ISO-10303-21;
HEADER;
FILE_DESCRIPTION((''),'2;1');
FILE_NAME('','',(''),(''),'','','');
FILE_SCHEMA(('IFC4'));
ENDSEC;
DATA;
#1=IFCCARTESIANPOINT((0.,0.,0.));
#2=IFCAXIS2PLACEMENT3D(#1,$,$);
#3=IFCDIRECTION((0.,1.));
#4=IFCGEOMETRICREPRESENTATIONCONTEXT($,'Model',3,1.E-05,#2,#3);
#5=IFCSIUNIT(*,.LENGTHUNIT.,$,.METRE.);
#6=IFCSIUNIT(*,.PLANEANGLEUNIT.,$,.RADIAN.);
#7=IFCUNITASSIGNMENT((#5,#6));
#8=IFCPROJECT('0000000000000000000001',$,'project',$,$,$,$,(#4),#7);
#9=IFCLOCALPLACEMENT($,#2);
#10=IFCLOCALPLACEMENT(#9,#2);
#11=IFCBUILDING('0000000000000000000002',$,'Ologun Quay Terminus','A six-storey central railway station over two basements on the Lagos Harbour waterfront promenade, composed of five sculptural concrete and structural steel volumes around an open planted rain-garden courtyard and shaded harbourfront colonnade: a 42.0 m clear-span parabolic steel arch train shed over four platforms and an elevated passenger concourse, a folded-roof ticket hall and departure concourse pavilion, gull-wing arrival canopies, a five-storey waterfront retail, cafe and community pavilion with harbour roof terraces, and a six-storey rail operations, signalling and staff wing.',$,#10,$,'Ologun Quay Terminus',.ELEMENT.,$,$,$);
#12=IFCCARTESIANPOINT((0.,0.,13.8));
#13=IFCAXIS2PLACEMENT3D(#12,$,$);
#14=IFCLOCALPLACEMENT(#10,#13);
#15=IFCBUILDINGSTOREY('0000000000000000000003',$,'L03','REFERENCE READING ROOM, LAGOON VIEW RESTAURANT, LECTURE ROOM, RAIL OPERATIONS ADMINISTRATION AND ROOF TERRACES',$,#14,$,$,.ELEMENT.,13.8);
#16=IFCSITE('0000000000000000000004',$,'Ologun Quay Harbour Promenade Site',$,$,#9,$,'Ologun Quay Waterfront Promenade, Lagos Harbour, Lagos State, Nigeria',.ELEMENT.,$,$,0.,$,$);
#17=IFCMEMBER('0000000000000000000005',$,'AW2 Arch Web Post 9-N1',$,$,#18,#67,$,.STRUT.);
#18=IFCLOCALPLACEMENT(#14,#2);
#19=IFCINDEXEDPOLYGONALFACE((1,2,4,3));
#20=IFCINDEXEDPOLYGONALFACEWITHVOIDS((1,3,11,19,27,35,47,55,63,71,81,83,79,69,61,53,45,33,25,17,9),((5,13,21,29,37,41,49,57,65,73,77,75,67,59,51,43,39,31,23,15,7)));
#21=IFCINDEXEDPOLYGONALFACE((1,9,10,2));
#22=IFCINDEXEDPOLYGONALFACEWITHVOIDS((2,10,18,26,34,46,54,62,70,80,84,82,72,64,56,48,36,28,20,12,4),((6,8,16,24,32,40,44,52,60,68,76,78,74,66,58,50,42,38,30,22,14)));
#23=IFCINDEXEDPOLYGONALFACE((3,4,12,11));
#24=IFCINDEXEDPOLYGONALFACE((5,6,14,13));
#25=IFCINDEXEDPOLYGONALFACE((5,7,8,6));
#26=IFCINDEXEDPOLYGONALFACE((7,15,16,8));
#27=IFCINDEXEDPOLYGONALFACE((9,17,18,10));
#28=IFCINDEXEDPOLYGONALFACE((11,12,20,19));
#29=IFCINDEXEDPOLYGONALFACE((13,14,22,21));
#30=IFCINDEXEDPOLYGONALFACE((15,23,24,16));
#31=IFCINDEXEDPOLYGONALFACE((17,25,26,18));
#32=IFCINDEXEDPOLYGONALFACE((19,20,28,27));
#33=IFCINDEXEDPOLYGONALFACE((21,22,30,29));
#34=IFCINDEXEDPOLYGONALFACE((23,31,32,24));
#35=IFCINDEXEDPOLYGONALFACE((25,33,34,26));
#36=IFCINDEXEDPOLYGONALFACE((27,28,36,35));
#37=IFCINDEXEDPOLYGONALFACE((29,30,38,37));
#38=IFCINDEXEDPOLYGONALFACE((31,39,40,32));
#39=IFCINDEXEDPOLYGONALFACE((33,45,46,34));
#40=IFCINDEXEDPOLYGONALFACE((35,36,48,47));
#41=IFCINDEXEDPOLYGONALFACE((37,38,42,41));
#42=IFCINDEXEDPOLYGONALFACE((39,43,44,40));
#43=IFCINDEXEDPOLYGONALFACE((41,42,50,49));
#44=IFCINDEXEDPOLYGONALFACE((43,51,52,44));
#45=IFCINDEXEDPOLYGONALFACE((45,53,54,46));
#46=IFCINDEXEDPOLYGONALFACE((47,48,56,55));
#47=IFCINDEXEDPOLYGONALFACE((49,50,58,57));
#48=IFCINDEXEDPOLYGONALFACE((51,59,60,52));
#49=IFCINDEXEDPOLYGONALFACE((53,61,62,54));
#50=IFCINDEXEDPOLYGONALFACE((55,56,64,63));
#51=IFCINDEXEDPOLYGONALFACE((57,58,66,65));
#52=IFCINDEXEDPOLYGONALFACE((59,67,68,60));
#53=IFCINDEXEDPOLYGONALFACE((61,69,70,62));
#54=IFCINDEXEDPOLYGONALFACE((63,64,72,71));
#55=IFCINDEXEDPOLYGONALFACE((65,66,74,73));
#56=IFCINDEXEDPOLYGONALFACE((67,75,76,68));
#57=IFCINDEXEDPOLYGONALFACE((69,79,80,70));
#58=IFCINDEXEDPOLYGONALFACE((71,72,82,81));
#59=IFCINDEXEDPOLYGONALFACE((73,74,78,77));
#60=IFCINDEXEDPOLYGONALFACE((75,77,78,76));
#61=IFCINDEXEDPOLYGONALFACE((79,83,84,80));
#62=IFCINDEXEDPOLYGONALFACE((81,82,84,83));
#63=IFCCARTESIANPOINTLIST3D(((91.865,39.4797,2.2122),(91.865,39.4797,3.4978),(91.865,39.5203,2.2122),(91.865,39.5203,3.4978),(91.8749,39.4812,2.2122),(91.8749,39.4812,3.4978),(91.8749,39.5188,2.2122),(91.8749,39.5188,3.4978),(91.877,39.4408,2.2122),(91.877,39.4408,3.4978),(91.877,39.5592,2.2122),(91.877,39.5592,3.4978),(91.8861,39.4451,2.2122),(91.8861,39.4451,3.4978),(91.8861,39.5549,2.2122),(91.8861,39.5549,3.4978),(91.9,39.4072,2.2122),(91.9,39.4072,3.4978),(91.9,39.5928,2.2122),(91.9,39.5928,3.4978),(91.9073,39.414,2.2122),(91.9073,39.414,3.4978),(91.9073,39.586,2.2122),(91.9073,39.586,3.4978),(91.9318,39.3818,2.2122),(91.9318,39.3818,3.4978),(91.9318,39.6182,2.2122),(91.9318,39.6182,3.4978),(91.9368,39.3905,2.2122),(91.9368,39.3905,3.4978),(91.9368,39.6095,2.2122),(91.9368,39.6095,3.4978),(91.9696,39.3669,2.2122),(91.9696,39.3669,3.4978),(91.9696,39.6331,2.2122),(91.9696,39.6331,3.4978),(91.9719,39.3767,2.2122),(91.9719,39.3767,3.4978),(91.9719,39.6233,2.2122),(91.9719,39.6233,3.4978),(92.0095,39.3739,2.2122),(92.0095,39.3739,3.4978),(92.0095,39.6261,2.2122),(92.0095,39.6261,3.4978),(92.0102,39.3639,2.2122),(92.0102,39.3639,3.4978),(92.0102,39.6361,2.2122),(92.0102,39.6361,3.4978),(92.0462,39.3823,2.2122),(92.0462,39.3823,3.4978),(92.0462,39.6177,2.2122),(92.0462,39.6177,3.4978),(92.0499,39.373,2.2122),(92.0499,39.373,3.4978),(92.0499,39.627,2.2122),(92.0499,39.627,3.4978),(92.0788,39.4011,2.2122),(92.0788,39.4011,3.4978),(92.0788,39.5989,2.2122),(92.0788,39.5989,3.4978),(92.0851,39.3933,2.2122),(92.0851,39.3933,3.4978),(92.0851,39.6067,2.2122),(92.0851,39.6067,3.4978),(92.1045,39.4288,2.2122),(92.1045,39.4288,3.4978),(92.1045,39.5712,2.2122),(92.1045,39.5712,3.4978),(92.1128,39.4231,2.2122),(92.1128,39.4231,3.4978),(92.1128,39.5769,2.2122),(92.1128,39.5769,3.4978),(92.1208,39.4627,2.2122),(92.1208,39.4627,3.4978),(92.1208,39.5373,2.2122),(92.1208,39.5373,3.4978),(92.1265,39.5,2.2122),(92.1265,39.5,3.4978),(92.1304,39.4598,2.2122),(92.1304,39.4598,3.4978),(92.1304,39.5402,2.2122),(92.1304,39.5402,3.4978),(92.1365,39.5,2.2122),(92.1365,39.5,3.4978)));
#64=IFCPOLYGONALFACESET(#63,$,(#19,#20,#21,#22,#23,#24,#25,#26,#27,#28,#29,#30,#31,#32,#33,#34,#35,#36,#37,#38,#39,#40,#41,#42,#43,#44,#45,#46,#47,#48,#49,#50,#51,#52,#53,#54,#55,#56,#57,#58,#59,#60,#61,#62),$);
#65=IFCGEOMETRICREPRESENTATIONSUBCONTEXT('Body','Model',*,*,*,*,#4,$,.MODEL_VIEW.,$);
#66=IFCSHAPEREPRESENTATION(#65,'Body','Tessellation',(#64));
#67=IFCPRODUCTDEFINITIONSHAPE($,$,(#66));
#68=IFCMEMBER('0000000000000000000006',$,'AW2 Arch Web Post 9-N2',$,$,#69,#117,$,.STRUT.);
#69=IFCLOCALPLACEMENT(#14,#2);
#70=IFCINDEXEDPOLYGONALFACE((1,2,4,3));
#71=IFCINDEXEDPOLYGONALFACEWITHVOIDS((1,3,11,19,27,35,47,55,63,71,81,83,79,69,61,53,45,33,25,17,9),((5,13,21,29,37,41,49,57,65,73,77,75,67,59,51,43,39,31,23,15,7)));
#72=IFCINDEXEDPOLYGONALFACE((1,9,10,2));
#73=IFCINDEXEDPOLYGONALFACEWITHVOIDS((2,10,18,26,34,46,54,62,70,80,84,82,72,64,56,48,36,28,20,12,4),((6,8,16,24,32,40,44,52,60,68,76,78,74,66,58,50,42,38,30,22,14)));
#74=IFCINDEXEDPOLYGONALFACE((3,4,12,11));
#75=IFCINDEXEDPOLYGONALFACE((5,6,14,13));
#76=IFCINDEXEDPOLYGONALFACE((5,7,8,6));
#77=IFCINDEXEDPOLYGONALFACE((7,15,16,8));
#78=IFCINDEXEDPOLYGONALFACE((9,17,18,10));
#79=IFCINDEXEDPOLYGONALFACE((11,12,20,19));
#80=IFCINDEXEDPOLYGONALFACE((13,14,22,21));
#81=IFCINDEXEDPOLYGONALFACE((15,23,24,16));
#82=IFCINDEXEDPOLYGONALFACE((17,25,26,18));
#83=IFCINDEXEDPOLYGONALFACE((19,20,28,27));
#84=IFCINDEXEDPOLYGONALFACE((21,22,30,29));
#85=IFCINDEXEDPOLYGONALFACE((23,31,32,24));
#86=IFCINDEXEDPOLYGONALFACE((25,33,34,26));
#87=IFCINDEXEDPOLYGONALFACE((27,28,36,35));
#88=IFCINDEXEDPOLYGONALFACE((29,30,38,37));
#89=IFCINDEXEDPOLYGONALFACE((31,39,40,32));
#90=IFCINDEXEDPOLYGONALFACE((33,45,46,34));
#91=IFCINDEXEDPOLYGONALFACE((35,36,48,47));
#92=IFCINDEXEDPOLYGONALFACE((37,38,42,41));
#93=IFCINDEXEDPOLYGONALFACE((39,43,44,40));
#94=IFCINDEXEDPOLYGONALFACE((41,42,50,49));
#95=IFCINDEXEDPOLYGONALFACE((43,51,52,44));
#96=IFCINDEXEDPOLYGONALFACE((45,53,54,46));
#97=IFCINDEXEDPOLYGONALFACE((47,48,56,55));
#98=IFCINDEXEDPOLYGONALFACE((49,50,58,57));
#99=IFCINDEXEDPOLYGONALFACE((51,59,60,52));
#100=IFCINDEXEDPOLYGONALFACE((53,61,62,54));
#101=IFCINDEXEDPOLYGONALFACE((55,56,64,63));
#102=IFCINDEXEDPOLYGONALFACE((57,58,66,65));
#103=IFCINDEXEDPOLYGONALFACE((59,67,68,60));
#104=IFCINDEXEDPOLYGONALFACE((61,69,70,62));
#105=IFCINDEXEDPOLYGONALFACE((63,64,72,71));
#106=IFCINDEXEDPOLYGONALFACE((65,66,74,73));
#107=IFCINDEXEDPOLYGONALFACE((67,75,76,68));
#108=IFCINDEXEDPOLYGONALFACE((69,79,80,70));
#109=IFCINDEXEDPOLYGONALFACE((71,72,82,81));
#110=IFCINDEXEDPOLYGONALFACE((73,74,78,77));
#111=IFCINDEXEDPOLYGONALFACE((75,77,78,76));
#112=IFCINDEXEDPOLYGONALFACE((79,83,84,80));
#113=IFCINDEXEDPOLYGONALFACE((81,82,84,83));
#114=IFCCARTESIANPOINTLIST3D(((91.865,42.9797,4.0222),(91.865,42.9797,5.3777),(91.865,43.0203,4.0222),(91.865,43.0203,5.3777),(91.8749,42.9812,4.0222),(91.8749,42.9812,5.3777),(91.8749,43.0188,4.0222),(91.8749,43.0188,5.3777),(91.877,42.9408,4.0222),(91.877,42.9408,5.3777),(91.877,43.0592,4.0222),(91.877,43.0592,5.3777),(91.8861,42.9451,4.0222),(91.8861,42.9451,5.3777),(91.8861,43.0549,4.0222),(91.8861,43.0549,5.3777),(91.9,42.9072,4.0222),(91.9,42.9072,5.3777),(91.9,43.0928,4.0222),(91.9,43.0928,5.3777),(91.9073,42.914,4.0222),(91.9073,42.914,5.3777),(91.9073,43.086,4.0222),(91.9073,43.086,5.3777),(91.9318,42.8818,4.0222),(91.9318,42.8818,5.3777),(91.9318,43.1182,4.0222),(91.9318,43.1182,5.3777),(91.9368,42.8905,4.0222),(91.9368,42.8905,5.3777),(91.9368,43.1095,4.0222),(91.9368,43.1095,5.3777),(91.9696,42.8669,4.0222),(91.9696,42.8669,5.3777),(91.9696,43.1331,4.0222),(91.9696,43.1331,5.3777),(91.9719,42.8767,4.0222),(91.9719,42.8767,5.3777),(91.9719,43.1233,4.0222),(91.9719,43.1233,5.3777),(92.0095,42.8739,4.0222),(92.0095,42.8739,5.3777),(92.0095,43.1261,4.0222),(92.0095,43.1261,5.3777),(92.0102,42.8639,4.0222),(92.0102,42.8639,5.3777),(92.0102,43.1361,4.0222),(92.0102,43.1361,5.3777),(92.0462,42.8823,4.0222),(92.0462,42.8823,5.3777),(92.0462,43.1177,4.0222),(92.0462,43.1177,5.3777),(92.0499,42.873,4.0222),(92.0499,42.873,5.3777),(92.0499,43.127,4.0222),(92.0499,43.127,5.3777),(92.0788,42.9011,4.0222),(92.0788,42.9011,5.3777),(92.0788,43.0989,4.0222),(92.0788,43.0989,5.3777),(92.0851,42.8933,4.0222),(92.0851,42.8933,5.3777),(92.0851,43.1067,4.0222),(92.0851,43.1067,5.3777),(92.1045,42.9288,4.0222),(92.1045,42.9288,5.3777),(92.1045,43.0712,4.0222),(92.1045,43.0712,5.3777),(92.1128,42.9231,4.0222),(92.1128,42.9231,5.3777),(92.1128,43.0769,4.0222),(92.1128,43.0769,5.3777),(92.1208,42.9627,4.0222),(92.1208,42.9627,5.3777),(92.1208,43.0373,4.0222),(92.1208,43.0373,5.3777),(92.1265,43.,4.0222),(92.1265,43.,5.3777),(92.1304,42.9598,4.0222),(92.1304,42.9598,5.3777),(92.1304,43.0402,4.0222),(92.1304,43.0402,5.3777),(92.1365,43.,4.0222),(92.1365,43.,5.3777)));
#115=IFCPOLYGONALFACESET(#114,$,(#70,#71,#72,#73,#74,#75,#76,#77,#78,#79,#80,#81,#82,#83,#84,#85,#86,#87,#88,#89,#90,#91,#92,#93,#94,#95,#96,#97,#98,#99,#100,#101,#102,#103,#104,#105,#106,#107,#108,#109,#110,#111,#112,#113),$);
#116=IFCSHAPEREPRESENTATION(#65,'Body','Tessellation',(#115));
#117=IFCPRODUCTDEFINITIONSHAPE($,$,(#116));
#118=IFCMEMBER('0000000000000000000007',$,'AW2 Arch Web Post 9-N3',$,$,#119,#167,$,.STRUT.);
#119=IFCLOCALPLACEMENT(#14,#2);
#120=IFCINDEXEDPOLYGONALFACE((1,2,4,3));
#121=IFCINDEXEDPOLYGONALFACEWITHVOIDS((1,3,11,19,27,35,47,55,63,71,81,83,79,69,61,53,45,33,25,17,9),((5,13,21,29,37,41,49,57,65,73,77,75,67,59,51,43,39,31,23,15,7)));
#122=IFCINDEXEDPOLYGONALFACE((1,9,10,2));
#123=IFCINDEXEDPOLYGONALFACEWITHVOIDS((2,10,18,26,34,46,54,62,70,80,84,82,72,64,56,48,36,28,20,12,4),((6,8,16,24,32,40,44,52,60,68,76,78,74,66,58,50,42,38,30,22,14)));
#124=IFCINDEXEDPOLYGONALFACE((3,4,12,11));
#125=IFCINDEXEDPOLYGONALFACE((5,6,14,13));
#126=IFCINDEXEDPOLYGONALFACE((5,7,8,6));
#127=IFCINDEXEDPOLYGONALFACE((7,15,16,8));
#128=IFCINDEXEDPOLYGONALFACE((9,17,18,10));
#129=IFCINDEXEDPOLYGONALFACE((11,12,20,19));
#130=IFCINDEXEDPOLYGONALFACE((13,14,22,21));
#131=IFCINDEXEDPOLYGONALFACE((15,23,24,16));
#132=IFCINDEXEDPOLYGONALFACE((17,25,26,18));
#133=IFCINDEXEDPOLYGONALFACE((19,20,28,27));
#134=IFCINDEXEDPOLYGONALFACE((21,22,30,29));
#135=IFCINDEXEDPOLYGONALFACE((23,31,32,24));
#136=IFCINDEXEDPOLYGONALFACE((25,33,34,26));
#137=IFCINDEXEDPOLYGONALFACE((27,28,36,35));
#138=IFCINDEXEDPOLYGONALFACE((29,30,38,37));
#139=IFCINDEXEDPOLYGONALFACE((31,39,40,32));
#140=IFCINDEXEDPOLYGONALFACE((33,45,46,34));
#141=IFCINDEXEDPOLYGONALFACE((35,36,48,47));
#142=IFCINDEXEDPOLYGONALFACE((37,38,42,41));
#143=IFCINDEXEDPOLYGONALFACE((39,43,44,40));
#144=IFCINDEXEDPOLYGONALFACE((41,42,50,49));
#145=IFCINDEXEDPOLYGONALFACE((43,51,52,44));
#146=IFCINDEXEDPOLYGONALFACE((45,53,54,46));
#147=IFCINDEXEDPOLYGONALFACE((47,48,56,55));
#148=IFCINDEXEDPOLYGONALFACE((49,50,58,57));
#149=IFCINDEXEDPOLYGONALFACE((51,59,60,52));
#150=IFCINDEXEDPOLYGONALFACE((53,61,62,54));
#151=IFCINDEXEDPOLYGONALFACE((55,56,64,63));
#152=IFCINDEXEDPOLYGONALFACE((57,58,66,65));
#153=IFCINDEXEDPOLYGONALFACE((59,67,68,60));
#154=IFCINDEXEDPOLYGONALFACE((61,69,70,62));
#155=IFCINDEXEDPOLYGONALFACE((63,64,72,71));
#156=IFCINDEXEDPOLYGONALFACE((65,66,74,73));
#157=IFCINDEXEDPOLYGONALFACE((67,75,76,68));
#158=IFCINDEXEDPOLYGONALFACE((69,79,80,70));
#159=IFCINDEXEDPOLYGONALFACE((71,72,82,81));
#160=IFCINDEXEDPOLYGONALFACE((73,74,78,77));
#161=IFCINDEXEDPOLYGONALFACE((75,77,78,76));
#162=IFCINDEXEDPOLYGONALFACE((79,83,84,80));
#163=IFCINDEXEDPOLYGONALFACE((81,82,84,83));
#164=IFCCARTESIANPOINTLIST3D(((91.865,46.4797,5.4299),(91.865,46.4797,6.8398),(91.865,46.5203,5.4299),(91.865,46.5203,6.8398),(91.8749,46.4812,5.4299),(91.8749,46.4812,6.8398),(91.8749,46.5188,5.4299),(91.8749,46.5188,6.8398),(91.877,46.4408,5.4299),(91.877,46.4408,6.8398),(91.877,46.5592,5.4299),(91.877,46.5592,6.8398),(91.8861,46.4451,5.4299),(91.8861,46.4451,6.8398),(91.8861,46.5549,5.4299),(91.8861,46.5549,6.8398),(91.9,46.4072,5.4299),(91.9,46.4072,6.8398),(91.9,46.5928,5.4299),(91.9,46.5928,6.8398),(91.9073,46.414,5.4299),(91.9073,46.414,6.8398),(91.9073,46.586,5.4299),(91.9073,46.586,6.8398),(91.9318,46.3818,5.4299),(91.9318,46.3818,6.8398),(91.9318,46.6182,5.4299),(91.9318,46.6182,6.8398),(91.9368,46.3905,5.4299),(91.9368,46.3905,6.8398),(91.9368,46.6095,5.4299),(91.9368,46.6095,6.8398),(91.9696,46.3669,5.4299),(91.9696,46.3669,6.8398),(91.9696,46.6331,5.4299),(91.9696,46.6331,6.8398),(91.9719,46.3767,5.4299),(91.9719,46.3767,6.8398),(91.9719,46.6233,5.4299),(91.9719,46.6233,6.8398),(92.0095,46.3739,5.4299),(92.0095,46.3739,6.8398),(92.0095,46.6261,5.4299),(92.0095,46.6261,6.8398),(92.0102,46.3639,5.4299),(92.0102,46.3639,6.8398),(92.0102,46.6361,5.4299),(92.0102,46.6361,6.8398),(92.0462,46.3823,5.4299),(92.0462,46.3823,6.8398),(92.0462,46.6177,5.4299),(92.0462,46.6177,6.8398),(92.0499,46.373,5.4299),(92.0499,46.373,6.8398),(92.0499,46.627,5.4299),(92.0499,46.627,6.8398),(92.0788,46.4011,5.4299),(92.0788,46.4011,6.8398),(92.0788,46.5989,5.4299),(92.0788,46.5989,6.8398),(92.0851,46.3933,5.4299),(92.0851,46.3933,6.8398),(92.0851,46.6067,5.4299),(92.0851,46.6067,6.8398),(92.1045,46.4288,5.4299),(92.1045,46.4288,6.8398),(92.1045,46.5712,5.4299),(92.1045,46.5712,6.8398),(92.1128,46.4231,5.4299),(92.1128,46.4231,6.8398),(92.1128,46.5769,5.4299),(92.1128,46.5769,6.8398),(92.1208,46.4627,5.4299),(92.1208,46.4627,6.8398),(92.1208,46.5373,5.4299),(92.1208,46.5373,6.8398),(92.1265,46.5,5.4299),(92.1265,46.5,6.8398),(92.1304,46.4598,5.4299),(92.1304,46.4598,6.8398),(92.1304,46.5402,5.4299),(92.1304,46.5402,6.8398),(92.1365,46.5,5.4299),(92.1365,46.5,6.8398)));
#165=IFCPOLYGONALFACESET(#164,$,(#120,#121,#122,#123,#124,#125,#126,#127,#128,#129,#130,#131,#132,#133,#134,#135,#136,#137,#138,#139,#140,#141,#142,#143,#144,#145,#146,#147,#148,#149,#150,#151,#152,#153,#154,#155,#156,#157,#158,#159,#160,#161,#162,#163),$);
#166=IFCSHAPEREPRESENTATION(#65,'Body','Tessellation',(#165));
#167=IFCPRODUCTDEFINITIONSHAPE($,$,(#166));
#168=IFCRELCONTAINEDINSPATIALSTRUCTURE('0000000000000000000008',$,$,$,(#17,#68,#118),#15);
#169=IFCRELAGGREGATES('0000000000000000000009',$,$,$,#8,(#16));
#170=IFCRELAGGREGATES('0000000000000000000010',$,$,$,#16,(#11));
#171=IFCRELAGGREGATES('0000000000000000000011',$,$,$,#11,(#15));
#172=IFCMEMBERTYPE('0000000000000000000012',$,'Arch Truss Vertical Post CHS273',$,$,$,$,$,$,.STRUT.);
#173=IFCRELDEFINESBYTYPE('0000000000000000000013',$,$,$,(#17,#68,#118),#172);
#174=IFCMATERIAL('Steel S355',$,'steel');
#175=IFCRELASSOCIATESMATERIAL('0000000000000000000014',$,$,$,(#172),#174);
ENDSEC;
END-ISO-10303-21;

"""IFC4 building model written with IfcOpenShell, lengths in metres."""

from ifc_helpers import new_model, si_unit, direction, frame, origin, origin_2d, place, context, subcontext, project, spatial, hollow_circle, extrude, material, material_profile, profile_set, type_object, element, save


model = new_model("IFC4")

# Units and contexts
model_context = context("Model", 3, precision=1e-05, world=origin(), true_north=direction((0.0, 1.0)))
body_context = subcontext(model_context, "Body", "Model", "MODEL_VIEW")
ifc_project = project(units=[si_unit("LENGTHUNIT", "METRE"), si_unit("PLANEANGLEUNIT", "RADIAN")], contexts=[model_context])

# Site, building, storey
site_placement = place(None, origin())
site = spatial("IfcSite", under=ifc_project, at=site_placement, Name="Ologun Quay Harbour Promenade Site", LongName="Ologun Quay Waterfront Promenade, Lagos Harbour, Lagos State, Nigeria", CompositionType="ELEMENT", RefElevation=0.0)
building_placement = place(site_placement, origin())
building = spatial("IfcBuilding", under=site, at=building_placement, Name="Ologun Quay Terminus", Description="A six-storey central railway station over two basements on the Lagos Harbour waterfront promenade, composed of five sculptural concrete and structural steel volumes around an open planted rain-garden courtyard and shaded harbourfront colonnade: a 42.0 m clear-span parabolic steel arch train shed over four platforms and an elevated passenger concourse, a folded-roof ticket hall and departure concourse pavilion, gull-wing arrival canopies, a five-storey waterfront retail, cafe and community pavilion with harbour roof terraces, and a six-storey rail operations, signalling and staff wing.", LongName="Ologun Quay Terminus", CompositionType="ELEMENT")
storey_placement = place(building_placement, frame((0.0, 0.0, 13.8)))
storey = spatial("IfcBuildingStorey", under=building, at=storey_placement, Name="L03", Description="REFERENCE READING ROOM, LAGOON VIEW RESTAURANT, LECTURE ROOM, RAIL OPERATIONS ADMINISTRATION AND ROOF TERRACES", CompositionType="ELEMENT", Elevation=13.8)

# Members
ifc_material_1 = material(Name="Steel S355", Category="steel")
ifc_material_profile_1 = material_profile(ifc_material_1, hollow_circle(Radius=0.1365, WallThickness=0.01, at=origin_2d()), Name="CHS 273x10")
ifc_profile_set_1 = profile_set([ifc_material_profile_1], Name="Steel S355")
member_type_1 = type_object("IfcMemberType", Name="Arch Truss Vertical Post CHS273", PredefinedType="STRUT", material=ifc_profile_set_1)
member_1_placement = place(storey_placement, frame((92.0, 39.5, 2.2122), z_axis=(0.0, 0.0, 1.0), x_axis=(1.0, 0.0, 0.0)))
element("IfcMember", 1, at=member_1_placement, inside=storey, type_object=member_type_1, Name="AW2 Arch Web Post 9-N1", PredefinedType="STRUT", context=body_context, shape_type="SweptSolid", body=[
    extrude(hollow_circle(Radius=0.1365, WallThickness=0.01, at=origin_2d()), origin(), (0.0, 0.0, 1.0), 1.2856),
])
member_2_placement = place(storey_placement, frame((92.0, 43.0, 4.0222), z_axis=(0.0, 0.0, 1.0), x_axis=(1.0, 0.0, 0.0)))
element("IfcMember", 2, at=member_2_placement, inside=storey, type_object=member_type_1, Name="AW2 Arch Web Post 9-N2", PredefinedType="STRUT", context=body_context, shape_type="SweptSolid", body=[
    extrude(hollow_circle(Radius=0.1365, WallThickness=0.01, at=origin_2d()), origin(), (0.0, 0.0, 1.0), 1.3555),
])
member_3_placement = place(storey_placement, frame((92.0, 46.5, 5.4299), z_axis=(0.0, 0.0, 1.0), x_axis=(1.0, 0.0, 0.0)))
element("IfcMember", 3, at=member_3_placement, inside=storey, type_object=member_type_1, Name="AW2 Arch Web Post 9-N3", PredefinedType="STRUT", context=body_context, shape_type="SweptSolid", body=[
    extrude(hollow_circle(Radius=0.1365, WallThickness=0.01, at=origin_2d()), origin(), (0.0, 0.0, 1.0), 1.4099),
])

save(model, "model.ifc")
